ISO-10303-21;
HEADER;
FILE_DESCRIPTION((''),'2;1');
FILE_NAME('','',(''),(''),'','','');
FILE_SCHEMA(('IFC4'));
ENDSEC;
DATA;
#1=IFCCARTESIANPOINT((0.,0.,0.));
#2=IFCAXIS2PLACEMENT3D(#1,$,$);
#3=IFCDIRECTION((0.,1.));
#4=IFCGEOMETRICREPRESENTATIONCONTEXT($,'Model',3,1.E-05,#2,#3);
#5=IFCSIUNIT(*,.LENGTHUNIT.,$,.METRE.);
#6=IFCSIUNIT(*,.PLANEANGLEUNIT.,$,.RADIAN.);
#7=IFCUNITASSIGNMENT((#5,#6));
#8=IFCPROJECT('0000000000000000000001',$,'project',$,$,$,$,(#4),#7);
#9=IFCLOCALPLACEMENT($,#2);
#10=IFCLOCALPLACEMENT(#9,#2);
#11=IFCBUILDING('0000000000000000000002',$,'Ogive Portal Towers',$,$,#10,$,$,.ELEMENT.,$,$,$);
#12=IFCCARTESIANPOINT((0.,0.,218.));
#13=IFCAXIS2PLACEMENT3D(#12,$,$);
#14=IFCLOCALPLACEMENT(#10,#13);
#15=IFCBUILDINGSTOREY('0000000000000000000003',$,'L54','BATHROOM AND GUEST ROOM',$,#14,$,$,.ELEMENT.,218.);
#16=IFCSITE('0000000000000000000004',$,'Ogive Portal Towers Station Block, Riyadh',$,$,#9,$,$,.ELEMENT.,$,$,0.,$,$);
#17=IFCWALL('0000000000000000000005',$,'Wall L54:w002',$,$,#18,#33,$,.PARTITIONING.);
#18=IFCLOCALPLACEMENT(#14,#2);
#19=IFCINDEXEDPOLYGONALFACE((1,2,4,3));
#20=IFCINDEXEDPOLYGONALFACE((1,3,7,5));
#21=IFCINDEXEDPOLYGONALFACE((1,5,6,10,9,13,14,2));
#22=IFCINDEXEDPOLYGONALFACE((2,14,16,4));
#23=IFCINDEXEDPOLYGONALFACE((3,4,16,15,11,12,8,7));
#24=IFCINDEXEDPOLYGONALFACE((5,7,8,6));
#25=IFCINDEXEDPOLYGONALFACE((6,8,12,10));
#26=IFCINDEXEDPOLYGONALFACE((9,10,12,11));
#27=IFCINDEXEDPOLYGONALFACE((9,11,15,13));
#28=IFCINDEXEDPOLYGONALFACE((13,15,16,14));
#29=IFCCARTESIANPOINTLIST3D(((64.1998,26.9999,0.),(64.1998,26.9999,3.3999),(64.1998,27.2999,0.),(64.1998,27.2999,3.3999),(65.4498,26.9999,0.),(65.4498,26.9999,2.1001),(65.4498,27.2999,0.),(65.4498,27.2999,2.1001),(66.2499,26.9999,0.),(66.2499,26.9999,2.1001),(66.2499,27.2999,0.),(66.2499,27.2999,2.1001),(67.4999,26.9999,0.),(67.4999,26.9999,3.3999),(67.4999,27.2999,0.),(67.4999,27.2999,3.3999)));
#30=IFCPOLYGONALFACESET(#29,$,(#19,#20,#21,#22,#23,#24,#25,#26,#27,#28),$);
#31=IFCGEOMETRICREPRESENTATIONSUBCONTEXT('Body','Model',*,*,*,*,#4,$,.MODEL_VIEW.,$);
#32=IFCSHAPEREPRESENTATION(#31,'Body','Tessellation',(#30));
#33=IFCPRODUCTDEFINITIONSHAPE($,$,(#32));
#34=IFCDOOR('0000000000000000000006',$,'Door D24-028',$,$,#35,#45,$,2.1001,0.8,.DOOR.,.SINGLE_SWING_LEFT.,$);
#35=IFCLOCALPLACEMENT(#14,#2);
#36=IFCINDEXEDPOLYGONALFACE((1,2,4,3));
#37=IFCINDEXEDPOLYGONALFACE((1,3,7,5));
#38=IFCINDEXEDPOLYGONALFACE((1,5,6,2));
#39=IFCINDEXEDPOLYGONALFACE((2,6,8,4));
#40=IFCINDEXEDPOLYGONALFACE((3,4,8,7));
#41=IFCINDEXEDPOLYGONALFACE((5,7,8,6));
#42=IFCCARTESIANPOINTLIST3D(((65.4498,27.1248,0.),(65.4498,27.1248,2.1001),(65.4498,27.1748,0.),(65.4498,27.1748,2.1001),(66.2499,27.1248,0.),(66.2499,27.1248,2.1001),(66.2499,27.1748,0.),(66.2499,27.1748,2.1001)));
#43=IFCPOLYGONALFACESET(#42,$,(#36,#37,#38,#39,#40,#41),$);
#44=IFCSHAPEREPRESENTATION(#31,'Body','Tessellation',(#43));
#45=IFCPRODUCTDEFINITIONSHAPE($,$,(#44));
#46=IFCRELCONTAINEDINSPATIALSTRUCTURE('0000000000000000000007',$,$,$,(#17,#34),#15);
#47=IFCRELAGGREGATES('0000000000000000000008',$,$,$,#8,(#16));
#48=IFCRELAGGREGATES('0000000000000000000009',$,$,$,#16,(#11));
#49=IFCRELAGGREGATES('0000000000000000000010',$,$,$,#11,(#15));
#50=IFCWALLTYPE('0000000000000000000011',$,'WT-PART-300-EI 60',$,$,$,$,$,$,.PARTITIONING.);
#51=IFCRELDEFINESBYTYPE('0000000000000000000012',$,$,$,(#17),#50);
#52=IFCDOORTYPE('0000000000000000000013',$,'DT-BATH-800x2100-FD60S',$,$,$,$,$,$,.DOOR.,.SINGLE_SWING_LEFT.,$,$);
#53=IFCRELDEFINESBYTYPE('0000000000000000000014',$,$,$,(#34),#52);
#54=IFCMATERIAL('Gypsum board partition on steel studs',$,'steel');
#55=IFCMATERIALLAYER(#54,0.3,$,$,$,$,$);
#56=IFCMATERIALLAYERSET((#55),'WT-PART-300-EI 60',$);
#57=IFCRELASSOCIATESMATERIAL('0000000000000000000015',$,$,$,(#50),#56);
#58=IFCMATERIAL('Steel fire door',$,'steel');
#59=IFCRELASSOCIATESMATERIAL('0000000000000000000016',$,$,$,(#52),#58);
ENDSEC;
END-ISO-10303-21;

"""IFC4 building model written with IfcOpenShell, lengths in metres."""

from ifc_helpers import new_model, si_unit, direction, frame, frame_2d, origin, place, context, subcontext, project, spatial, rectangle, extrude, material, layer, layer_set, type_object, element, fill, save


model = new_model("IFC4")

# Units and contexts
model_context = context("Model", 3, precision=1e-05, world=origin(), true_north=direction((0.0, 1.0)))
body_context = subcontext(model_context, "Body", "Model", "MODEL_VIEW")
ifc_project = project(units=[si_unit("LENGTHUNIT", "METRE"), si_unit("PLANEANGLEUNIT", "RADIAN")], contexts=[model_context])

# Site, building, storey
site_placement = place(None, origin())
site = spatial("IfcSite", under=ifc_project, at=site_placement, Name="Ogive Portal Towers Station Block, Riyadh", CompositionType="ELEMENT", RefElevation=0.0)
building_placement = place(site_placement, origin())
building = spatial("IfcBuilding", under=site, at=building_placement, Name="Ogive Portal Towers", CompositionType="ELEMENT")
storey_placement = place(building_placement, frame((0.0, 0.0, 218.0)))
storey = spatial("IfcBuildingStorey", under=building, at=storey_placement, Name="L54", Description="BATHROOM AND GUEST ROOM", CompositionType="ELEMENT", Elevation=218.0)

# Shared definitions
ifc_material_1 = material(Name="Steel fire door", Category="steel")

# Shared definitions
ifc_material_2 = material(Name="Gypsum board partition on steel studs", Category="steel")

# Wall, opening, door
ifc_layer_1 = layer(ifc_material_2, 0.3)
ifc_layer_set_1 = layer_set([ifc_layer_1], Name="WT-PART-300-EI 60")
wall_type_1 = type_object("IfcWallType", Name="WT-PART-300-EI 60", PredefinedType="PARTITIONING", material=ifc_layer_set_1)
wall_1_placement = place(storey_placement, frame((64.2, 27.1499, 0.0), z_axis=(0.0, 0.0, 1.0), x_axis=(1.0, 0.0, 0.0)))
wall_1 = element("IfcWall", 1, at=wall_1_placement, inside=storey, type_object=wall_type_1, Name="Wall L54:w002", PredefinedType="PARTITIONING", context=body_context, shape_type="SweptSolid", body=[
    extrude(rectangle(XDim=3.3, YDim=0.3, at=frame_2d((1.6499, 0.0))), origin(), (0.0, 0.0, 1.0), 3.3999),
])
opening_1_placement = place(wall_1_placement, frame((1.25, 0.0, 0.0)))
opening_1 = element("IfcOpeningElement", 2, at=opening_1_placement, cuts=wall_1, PredefinedType="OPENING", context=body_context, shape_type="SweptSolid", body=[
    extrude(rectangle(XDim=0.8, YDim=2.1001, at=frame_2d((0.3999, 1.05))), frame((0.0, 0.1602, 0.0), z_axis=(0.0, -1.0, 0.0), x_axis=(1.0, 0.0, 0.0)), (0.0, 0.0, 1.0), 0.3201),
])
door_type_1 = type_object("IfcDoorType", Name="DT-BATH-800x2100-FD60S", OperationType="SINGLE_SWING_LEFT", PredefinedType="DOOR", material=ifc_material_1)
door_1_placement = place(opening_1_placement, origin())
door_1 = element("IfcDoor", 3, at=door_1_placement, inside=storey, type_object=door_type_1, Name="Door D24-028", OperationType="SINGLE_SWING_LEFT", OverallHeight=2.1001, OverallWidth=0.8, PredefinedType="DOOR", context=body_context, shape_type="SweptSolid", body=[
    extrude(rectangle(XDim=0.8, YDim=2.1001, at=frame_2d((0.3999, 1.05))), frame((0.0, 0.0249, 0.0), z_axis=(0.0, -1.0, 0.0), x_axis=(1.0, 0.0, 0.0)), (0.0, 0.0, 1.0), 0.05),
])
fill(opening_1, door_1)

save(model, "model.ifc")
